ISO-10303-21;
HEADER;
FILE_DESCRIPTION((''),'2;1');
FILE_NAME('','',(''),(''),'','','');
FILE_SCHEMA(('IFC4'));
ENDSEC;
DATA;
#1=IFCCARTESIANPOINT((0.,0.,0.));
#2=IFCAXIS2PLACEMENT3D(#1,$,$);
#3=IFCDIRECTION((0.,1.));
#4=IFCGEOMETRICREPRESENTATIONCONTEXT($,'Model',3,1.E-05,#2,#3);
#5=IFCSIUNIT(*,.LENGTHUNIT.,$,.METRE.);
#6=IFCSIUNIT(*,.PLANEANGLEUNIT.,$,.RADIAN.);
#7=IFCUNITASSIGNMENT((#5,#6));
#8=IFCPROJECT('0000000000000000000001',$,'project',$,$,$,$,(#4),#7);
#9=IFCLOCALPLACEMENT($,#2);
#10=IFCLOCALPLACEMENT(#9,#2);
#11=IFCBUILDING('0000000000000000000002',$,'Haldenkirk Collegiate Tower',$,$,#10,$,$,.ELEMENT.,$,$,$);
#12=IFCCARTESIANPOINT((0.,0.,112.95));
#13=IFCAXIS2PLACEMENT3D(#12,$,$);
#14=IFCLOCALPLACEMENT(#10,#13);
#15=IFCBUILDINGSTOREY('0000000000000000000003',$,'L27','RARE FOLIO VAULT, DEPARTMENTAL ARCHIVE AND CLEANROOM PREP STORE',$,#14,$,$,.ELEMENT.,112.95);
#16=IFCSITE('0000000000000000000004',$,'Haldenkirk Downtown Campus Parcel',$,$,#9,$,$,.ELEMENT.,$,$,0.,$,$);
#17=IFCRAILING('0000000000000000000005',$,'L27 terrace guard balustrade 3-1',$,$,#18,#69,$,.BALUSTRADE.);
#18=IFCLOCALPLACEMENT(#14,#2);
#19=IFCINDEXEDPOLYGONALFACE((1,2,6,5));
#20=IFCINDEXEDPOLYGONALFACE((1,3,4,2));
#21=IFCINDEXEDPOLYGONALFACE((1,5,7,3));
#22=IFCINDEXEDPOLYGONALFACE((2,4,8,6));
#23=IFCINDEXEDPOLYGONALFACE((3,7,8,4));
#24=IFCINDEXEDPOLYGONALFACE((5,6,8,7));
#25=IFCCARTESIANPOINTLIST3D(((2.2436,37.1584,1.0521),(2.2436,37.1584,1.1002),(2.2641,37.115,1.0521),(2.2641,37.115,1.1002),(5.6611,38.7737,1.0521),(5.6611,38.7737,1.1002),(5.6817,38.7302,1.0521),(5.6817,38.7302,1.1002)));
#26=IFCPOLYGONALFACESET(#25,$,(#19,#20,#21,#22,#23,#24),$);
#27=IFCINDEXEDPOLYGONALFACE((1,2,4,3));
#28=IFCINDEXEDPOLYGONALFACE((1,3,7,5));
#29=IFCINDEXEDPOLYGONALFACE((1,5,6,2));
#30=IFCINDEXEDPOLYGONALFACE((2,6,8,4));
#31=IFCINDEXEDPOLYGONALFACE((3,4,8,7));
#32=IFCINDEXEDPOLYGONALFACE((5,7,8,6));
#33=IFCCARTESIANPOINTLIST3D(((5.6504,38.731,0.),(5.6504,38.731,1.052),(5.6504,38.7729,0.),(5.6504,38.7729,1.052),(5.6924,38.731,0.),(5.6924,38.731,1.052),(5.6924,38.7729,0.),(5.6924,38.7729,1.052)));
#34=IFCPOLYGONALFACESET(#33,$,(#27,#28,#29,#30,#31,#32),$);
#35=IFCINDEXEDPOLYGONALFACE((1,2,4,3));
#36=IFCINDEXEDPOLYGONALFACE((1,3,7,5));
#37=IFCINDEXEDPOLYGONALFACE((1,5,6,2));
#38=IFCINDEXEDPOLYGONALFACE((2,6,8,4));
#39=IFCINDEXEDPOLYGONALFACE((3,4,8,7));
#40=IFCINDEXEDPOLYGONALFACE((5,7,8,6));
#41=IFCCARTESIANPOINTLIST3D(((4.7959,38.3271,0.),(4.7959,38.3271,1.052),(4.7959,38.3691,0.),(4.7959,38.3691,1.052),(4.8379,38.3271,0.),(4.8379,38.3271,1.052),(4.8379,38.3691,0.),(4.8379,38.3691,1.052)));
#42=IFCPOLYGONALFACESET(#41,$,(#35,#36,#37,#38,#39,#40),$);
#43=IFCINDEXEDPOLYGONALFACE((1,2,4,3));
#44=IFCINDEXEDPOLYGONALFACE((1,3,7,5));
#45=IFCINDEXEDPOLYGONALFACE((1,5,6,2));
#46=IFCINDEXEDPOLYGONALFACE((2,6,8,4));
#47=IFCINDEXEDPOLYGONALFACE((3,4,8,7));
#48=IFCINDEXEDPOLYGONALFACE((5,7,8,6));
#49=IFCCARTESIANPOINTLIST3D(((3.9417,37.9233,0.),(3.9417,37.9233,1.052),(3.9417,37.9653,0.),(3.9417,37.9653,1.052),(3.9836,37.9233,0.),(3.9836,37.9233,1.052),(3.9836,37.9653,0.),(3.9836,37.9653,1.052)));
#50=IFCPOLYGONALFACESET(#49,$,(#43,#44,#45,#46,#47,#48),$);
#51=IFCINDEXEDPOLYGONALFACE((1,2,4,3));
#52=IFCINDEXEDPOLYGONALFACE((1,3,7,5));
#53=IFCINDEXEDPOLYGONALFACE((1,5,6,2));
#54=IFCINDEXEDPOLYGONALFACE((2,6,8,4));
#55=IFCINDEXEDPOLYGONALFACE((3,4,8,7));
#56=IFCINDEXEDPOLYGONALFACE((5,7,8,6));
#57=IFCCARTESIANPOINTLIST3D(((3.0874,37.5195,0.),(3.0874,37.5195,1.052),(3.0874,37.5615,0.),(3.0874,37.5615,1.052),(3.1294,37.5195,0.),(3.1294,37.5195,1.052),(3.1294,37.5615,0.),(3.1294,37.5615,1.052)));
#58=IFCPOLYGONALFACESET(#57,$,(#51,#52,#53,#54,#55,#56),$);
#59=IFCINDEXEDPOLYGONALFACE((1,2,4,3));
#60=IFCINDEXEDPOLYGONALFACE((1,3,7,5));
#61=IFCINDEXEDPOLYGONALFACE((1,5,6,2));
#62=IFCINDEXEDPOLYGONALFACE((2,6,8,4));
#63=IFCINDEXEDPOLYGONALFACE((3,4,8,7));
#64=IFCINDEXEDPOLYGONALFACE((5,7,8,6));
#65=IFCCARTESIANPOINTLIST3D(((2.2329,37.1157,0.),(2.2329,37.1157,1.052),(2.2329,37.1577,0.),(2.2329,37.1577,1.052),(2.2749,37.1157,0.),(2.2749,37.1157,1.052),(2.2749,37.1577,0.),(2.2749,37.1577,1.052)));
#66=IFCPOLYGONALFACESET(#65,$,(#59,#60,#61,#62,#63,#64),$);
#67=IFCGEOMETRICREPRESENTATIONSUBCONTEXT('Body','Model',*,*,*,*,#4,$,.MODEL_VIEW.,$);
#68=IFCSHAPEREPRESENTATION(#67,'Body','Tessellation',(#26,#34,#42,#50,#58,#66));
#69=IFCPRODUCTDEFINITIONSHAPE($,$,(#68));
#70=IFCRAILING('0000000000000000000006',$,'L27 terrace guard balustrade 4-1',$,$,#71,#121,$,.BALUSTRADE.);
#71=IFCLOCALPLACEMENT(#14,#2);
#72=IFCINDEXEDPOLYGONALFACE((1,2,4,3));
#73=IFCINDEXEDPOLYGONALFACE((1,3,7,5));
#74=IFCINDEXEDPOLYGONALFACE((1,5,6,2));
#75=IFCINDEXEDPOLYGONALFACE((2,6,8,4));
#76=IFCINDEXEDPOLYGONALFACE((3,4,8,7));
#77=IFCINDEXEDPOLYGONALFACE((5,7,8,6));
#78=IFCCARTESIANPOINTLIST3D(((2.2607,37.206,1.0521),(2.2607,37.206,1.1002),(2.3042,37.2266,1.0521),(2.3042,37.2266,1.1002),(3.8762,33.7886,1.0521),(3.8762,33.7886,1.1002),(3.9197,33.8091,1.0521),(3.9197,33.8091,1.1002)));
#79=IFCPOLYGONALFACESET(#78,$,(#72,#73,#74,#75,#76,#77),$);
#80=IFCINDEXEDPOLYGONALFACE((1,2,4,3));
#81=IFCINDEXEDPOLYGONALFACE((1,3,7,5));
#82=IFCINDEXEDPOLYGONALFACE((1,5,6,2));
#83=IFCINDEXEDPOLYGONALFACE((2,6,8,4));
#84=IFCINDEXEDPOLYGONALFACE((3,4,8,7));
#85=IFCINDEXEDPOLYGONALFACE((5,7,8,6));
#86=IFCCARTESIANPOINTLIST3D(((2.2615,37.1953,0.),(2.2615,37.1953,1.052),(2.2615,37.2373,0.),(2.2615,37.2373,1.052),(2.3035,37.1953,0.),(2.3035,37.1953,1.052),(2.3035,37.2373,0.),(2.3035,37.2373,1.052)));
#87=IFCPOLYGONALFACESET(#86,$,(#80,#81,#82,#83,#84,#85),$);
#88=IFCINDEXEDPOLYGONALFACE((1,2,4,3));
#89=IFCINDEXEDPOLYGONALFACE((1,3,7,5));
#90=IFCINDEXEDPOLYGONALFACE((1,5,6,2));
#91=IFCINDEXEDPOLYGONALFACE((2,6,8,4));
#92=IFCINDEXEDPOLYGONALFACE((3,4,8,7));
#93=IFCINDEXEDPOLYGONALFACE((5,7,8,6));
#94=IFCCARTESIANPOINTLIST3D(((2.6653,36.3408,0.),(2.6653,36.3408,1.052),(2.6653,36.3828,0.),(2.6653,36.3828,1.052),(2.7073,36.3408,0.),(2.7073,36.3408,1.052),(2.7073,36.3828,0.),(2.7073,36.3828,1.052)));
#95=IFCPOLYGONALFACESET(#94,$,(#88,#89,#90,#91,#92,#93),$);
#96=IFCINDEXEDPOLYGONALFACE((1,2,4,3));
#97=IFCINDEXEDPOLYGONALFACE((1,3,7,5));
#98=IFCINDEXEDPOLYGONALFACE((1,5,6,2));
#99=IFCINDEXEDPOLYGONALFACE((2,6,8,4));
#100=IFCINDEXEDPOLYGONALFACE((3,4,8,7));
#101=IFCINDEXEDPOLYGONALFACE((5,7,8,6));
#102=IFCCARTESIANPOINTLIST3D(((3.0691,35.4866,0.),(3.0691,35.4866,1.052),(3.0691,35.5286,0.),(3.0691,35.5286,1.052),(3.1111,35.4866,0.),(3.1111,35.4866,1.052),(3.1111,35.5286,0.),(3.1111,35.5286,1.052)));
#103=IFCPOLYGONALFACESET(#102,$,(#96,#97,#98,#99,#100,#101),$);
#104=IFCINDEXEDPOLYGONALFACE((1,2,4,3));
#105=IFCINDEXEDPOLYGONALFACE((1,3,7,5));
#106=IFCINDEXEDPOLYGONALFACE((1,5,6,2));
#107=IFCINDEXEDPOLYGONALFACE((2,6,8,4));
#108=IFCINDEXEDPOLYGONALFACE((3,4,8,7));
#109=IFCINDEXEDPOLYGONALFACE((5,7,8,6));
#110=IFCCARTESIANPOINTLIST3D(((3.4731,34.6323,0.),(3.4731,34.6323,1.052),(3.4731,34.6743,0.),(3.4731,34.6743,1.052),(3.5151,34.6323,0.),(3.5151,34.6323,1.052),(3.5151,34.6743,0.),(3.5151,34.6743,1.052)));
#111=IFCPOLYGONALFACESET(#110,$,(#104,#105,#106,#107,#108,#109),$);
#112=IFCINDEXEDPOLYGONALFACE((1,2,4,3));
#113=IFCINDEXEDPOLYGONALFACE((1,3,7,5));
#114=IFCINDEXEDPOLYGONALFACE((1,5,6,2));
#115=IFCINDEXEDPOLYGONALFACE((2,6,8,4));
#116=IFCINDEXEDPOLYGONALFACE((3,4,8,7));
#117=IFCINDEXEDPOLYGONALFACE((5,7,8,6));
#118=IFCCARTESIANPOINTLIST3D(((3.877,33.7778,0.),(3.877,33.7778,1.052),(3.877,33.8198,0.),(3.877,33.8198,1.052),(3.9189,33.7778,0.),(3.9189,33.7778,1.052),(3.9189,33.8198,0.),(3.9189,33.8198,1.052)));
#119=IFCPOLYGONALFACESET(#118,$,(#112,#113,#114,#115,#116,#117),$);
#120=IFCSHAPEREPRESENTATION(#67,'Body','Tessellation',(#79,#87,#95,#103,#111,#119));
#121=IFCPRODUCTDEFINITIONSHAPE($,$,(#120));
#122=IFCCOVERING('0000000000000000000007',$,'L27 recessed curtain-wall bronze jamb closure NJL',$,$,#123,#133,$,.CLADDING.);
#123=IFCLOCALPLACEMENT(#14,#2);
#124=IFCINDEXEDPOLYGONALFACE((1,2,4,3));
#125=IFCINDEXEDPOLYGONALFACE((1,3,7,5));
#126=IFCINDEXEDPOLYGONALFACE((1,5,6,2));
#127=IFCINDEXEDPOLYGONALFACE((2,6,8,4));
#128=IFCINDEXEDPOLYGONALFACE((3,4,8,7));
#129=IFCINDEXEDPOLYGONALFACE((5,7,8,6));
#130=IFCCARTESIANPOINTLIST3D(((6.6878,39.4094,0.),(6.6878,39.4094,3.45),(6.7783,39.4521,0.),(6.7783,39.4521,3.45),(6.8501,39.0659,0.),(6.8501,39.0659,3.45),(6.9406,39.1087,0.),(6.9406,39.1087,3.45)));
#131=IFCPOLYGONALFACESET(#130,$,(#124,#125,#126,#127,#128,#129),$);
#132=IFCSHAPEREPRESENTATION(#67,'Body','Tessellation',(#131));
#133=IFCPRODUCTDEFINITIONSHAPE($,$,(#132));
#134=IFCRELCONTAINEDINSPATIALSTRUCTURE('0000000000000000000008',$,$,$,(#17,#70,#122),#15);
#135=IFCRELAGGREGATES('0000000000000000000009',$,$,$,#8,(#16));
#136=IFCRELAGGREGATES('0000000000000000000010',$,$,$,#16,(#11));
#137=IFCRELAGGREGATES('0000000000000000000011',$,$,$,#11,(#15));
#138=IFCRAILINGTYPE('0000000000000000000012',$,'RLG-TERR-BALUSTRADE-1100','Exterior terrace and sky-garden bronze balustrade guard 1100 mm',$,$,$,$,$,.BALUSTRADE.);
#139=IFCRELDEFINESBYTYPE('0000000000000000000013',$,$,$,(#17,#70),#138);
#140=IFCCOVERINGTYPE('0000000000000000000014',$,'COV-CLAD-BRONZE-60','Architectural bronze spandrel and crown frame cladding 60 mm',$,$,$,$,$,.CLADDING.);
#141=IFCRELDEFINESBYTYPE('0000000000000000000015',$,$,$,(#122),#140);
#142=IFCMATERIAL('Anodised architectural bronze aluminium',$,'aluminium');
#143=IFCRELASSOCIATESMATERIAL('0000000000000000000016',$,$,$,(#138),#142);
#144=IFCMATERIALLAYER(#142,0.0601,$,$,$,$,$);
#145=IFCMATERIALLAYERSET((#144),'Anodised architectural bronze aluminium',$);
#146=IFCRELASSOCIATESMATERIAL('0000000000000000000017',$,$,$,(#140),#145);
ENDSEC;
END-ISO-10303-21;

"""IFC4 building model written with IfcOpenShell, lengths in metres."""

from ifc_helpers import new_model, si_unit, direction, frame, origin, origin_2d, place, context, subcontext, project, spatial, rectangle, extrude, source, transform, mapped, material, layer, layer_set, type_object, element, save


model = new_model("IFC4")

# Units and contexts
model_context = context("Model", 3, precision=1e-05, world=origin(), true_north=direction((0.0, 1.0)))
body_context = subcontext(model_context, "Body", "Model", "MODEL_VIEW")
ifc_project = project(units=[si_unit("LENGTHUNIT", "METRE"), si_unit("PLANEANGLEUNIT", "RADIAN")], contexts=[model_context])

# Site, building, storey
site_placement = place(None, origin())
site = spatial("IfcSite", under=ifc_project, at=site_placement, Name="Haldenkirk Downtown Campus Parcel", CompositionType="ELEMENT", RefElevation=0.0)
building_placement = place(site_placement, origin())
building = spatial("IfcBuilding", under=site, at=building_placement, Name="Haldenkirk Collegiate Tower", CompositionType="ELEMENT")
storey_placement = place(building_placement, frame((0.0, 0.0, 112.95)))
storey = spatial("IfcBuildingStorey", under=building, at=storey_placement, Name="L27", Description="RARE FOLIO VAULT, DEPARTMENTAL ARCHIVE AND CLEANROOM PREP STORE", CompositionType="ELEMENT", Elevation=112.95)

# Shared definitions
ifc_material_1 = material(Name="Anodised architectural bronze aluminium", Category="aluminium")

# Railings
railing_type = type_object("IfcRailingType", Name="RLG-TERR-BALUSTRADE-1100", Description="Exterior terrace and sky-garden bronze balustrade guard 1100 mm", PredefinedType="BALUSTRADE", material=ifc_material_1)
railing_1_placement = place(storey_placement, frame((5.6714, 38.752, 0.0)))
element("IfcRailing", 1, at=railing_1_placement, inside=storey, type_object=railing_type, Name="L27 terrace guard balustrade 3-1", PredefinedType="BALUSTRADE", context=body_context, shape_type="SweptSolid", body=[
    extrude(rectangle(XDim=0.0481, YDim=0.0481, at=origin_2d()), frame((0.0, 0.0, 1.0762), z_axis=(-0.904103, -0.427314, 0.0), x_axis=(0.427314, -0.904103, 0.0)), (0.0, 0.0, 1.0), 3.78),
    extrude(rectangle(XDim=0.042, YDim=0.042, at=origin_2d()), origin(), (0.0, 0.0, 1.0), 1.052),
    extrude(rectangle(XDim=0.042, YDim=0.042, at=origin_2d()), frame((-0.8545, -0.4038, 0.0)), (0.0, 0.0, 1.0), 1.052),
    extrude(rectangle(XDim=0.042, YDim=0.042, at=origin_2d()), frame((-1.7087, -0.8076, 0.0)), (0.0, 0.0, 1.0), 1.052),
    extrude(rectangle(XDim=0.042, YDim=0.042, at=origin_2d()), frame((-2.563, -1.2114, 0.0)), (0.0, 0.0, 1.0), 1.052),
    extrude(rectangle(XDim=0.042, YDim=0.042, at=origin_2d()), frame((-3.4175, -1.6152, 0.0)), (0.0, 0.0, 1.0), 1.052),
])
railing_2_placement = place(storey_placement, frame((2.2825, 37.2163, 0.0)))
element("IfcRailing", 2, at=railing_2_placement, inside=storey, type_object=railing_type, Name="L27 terrace guard balustrade 4-1", PredefinedType="BALUSTRADE", context=body_context, shape_type="SweptSolid", body=[
    extrude(rectangle(XDim=0.0481, YDim=0.0481, at=origin_2d()), frame((0.0, 0.0, 1.0762), z_axis=(0.427367, -0.904078, 0.0), x_axis=(0.904078, 0.427367, 0.0)), (0.0, 0.0, 1.0), 3.78),
    extrude(rectangle(XDim=0.042, YDim=0.042, at=origin_2d()), origin(), (0.0, 0.0, 1.0), 1.052),
    extrude(rectangle(XDim=0.042, YDim=0.042, at=origin_2d()), frame((0.4038, -0.8545, 0.0)), (0.0, 0.0, 1.0), 1.052),
    extrude(rectangle(XDim=0.042, YDim=0.042, at=origin_2d()), frame((0.8076, -1.7087, 0.0)), (0.0, 0.0, 1.0), 1.052),
    extrude(rectangle(XDim=0.042, YDim=0.042, at=origin_2d()), frame((1.2117, -2.563, 0.0)), (0.0, 0.0, 1.0), 1.052),
    extrude(rectangle(XDim=0.042, YDim=0.042, at=origin_2d()), frame((1.6155, -3.4175, 0.0)), (0.0, 0.0, 1.0), 1.052),
])

# Covering
ifc_layer_1 = layer(ifc_material_1, 0.0601)
ifc_layer_set_1 = layer_set([ifc_layer_1], Name="Anodised architectural bronze aluminium")
covering_type = type_object("IfcCoveringType", Name="COV-CLAD-BRONZE-60", Description="Architectural bronze spandrel and crown frame cladding 60 mm", PredefinedType="CLADDING", material=ifc_layer_set_1)
shared_shape_1 = source(origin(), body_context, "Body", "SweptSolid", [
    extrude(rectangle(XDim=0.1001, YDim=0.3799, at=origin_2d()), origin(), (0.0, 0.0, 1.0), 3.45),
])
covering_placement = place(storey_placement, frame((6.8142, 39.259, 0.0), z_axis=(0.0, 0.0, 1.0), x_axis=(0.904083, 0.427358, 0.0)))
element("IfcCovering", 3, at=covering_placement, inside=storey, type_object=covering_type, Name="L27 recessed curtain-wall bronze jamb closure NJL", PredefinedType="CLADDING", context=body_context, shape_type="MappedRepresentation", body=[
    mapped(shared_shape_1, transform((0.0, 0.0, 0.0), x_axis=(1.0, 0.0, 0.0), y_axis=(0.0, 1.0, 0.0), z_axis=(0.0, 0.0, 1.0), scale=1.0)),
])

save(model, "model.ifc")
